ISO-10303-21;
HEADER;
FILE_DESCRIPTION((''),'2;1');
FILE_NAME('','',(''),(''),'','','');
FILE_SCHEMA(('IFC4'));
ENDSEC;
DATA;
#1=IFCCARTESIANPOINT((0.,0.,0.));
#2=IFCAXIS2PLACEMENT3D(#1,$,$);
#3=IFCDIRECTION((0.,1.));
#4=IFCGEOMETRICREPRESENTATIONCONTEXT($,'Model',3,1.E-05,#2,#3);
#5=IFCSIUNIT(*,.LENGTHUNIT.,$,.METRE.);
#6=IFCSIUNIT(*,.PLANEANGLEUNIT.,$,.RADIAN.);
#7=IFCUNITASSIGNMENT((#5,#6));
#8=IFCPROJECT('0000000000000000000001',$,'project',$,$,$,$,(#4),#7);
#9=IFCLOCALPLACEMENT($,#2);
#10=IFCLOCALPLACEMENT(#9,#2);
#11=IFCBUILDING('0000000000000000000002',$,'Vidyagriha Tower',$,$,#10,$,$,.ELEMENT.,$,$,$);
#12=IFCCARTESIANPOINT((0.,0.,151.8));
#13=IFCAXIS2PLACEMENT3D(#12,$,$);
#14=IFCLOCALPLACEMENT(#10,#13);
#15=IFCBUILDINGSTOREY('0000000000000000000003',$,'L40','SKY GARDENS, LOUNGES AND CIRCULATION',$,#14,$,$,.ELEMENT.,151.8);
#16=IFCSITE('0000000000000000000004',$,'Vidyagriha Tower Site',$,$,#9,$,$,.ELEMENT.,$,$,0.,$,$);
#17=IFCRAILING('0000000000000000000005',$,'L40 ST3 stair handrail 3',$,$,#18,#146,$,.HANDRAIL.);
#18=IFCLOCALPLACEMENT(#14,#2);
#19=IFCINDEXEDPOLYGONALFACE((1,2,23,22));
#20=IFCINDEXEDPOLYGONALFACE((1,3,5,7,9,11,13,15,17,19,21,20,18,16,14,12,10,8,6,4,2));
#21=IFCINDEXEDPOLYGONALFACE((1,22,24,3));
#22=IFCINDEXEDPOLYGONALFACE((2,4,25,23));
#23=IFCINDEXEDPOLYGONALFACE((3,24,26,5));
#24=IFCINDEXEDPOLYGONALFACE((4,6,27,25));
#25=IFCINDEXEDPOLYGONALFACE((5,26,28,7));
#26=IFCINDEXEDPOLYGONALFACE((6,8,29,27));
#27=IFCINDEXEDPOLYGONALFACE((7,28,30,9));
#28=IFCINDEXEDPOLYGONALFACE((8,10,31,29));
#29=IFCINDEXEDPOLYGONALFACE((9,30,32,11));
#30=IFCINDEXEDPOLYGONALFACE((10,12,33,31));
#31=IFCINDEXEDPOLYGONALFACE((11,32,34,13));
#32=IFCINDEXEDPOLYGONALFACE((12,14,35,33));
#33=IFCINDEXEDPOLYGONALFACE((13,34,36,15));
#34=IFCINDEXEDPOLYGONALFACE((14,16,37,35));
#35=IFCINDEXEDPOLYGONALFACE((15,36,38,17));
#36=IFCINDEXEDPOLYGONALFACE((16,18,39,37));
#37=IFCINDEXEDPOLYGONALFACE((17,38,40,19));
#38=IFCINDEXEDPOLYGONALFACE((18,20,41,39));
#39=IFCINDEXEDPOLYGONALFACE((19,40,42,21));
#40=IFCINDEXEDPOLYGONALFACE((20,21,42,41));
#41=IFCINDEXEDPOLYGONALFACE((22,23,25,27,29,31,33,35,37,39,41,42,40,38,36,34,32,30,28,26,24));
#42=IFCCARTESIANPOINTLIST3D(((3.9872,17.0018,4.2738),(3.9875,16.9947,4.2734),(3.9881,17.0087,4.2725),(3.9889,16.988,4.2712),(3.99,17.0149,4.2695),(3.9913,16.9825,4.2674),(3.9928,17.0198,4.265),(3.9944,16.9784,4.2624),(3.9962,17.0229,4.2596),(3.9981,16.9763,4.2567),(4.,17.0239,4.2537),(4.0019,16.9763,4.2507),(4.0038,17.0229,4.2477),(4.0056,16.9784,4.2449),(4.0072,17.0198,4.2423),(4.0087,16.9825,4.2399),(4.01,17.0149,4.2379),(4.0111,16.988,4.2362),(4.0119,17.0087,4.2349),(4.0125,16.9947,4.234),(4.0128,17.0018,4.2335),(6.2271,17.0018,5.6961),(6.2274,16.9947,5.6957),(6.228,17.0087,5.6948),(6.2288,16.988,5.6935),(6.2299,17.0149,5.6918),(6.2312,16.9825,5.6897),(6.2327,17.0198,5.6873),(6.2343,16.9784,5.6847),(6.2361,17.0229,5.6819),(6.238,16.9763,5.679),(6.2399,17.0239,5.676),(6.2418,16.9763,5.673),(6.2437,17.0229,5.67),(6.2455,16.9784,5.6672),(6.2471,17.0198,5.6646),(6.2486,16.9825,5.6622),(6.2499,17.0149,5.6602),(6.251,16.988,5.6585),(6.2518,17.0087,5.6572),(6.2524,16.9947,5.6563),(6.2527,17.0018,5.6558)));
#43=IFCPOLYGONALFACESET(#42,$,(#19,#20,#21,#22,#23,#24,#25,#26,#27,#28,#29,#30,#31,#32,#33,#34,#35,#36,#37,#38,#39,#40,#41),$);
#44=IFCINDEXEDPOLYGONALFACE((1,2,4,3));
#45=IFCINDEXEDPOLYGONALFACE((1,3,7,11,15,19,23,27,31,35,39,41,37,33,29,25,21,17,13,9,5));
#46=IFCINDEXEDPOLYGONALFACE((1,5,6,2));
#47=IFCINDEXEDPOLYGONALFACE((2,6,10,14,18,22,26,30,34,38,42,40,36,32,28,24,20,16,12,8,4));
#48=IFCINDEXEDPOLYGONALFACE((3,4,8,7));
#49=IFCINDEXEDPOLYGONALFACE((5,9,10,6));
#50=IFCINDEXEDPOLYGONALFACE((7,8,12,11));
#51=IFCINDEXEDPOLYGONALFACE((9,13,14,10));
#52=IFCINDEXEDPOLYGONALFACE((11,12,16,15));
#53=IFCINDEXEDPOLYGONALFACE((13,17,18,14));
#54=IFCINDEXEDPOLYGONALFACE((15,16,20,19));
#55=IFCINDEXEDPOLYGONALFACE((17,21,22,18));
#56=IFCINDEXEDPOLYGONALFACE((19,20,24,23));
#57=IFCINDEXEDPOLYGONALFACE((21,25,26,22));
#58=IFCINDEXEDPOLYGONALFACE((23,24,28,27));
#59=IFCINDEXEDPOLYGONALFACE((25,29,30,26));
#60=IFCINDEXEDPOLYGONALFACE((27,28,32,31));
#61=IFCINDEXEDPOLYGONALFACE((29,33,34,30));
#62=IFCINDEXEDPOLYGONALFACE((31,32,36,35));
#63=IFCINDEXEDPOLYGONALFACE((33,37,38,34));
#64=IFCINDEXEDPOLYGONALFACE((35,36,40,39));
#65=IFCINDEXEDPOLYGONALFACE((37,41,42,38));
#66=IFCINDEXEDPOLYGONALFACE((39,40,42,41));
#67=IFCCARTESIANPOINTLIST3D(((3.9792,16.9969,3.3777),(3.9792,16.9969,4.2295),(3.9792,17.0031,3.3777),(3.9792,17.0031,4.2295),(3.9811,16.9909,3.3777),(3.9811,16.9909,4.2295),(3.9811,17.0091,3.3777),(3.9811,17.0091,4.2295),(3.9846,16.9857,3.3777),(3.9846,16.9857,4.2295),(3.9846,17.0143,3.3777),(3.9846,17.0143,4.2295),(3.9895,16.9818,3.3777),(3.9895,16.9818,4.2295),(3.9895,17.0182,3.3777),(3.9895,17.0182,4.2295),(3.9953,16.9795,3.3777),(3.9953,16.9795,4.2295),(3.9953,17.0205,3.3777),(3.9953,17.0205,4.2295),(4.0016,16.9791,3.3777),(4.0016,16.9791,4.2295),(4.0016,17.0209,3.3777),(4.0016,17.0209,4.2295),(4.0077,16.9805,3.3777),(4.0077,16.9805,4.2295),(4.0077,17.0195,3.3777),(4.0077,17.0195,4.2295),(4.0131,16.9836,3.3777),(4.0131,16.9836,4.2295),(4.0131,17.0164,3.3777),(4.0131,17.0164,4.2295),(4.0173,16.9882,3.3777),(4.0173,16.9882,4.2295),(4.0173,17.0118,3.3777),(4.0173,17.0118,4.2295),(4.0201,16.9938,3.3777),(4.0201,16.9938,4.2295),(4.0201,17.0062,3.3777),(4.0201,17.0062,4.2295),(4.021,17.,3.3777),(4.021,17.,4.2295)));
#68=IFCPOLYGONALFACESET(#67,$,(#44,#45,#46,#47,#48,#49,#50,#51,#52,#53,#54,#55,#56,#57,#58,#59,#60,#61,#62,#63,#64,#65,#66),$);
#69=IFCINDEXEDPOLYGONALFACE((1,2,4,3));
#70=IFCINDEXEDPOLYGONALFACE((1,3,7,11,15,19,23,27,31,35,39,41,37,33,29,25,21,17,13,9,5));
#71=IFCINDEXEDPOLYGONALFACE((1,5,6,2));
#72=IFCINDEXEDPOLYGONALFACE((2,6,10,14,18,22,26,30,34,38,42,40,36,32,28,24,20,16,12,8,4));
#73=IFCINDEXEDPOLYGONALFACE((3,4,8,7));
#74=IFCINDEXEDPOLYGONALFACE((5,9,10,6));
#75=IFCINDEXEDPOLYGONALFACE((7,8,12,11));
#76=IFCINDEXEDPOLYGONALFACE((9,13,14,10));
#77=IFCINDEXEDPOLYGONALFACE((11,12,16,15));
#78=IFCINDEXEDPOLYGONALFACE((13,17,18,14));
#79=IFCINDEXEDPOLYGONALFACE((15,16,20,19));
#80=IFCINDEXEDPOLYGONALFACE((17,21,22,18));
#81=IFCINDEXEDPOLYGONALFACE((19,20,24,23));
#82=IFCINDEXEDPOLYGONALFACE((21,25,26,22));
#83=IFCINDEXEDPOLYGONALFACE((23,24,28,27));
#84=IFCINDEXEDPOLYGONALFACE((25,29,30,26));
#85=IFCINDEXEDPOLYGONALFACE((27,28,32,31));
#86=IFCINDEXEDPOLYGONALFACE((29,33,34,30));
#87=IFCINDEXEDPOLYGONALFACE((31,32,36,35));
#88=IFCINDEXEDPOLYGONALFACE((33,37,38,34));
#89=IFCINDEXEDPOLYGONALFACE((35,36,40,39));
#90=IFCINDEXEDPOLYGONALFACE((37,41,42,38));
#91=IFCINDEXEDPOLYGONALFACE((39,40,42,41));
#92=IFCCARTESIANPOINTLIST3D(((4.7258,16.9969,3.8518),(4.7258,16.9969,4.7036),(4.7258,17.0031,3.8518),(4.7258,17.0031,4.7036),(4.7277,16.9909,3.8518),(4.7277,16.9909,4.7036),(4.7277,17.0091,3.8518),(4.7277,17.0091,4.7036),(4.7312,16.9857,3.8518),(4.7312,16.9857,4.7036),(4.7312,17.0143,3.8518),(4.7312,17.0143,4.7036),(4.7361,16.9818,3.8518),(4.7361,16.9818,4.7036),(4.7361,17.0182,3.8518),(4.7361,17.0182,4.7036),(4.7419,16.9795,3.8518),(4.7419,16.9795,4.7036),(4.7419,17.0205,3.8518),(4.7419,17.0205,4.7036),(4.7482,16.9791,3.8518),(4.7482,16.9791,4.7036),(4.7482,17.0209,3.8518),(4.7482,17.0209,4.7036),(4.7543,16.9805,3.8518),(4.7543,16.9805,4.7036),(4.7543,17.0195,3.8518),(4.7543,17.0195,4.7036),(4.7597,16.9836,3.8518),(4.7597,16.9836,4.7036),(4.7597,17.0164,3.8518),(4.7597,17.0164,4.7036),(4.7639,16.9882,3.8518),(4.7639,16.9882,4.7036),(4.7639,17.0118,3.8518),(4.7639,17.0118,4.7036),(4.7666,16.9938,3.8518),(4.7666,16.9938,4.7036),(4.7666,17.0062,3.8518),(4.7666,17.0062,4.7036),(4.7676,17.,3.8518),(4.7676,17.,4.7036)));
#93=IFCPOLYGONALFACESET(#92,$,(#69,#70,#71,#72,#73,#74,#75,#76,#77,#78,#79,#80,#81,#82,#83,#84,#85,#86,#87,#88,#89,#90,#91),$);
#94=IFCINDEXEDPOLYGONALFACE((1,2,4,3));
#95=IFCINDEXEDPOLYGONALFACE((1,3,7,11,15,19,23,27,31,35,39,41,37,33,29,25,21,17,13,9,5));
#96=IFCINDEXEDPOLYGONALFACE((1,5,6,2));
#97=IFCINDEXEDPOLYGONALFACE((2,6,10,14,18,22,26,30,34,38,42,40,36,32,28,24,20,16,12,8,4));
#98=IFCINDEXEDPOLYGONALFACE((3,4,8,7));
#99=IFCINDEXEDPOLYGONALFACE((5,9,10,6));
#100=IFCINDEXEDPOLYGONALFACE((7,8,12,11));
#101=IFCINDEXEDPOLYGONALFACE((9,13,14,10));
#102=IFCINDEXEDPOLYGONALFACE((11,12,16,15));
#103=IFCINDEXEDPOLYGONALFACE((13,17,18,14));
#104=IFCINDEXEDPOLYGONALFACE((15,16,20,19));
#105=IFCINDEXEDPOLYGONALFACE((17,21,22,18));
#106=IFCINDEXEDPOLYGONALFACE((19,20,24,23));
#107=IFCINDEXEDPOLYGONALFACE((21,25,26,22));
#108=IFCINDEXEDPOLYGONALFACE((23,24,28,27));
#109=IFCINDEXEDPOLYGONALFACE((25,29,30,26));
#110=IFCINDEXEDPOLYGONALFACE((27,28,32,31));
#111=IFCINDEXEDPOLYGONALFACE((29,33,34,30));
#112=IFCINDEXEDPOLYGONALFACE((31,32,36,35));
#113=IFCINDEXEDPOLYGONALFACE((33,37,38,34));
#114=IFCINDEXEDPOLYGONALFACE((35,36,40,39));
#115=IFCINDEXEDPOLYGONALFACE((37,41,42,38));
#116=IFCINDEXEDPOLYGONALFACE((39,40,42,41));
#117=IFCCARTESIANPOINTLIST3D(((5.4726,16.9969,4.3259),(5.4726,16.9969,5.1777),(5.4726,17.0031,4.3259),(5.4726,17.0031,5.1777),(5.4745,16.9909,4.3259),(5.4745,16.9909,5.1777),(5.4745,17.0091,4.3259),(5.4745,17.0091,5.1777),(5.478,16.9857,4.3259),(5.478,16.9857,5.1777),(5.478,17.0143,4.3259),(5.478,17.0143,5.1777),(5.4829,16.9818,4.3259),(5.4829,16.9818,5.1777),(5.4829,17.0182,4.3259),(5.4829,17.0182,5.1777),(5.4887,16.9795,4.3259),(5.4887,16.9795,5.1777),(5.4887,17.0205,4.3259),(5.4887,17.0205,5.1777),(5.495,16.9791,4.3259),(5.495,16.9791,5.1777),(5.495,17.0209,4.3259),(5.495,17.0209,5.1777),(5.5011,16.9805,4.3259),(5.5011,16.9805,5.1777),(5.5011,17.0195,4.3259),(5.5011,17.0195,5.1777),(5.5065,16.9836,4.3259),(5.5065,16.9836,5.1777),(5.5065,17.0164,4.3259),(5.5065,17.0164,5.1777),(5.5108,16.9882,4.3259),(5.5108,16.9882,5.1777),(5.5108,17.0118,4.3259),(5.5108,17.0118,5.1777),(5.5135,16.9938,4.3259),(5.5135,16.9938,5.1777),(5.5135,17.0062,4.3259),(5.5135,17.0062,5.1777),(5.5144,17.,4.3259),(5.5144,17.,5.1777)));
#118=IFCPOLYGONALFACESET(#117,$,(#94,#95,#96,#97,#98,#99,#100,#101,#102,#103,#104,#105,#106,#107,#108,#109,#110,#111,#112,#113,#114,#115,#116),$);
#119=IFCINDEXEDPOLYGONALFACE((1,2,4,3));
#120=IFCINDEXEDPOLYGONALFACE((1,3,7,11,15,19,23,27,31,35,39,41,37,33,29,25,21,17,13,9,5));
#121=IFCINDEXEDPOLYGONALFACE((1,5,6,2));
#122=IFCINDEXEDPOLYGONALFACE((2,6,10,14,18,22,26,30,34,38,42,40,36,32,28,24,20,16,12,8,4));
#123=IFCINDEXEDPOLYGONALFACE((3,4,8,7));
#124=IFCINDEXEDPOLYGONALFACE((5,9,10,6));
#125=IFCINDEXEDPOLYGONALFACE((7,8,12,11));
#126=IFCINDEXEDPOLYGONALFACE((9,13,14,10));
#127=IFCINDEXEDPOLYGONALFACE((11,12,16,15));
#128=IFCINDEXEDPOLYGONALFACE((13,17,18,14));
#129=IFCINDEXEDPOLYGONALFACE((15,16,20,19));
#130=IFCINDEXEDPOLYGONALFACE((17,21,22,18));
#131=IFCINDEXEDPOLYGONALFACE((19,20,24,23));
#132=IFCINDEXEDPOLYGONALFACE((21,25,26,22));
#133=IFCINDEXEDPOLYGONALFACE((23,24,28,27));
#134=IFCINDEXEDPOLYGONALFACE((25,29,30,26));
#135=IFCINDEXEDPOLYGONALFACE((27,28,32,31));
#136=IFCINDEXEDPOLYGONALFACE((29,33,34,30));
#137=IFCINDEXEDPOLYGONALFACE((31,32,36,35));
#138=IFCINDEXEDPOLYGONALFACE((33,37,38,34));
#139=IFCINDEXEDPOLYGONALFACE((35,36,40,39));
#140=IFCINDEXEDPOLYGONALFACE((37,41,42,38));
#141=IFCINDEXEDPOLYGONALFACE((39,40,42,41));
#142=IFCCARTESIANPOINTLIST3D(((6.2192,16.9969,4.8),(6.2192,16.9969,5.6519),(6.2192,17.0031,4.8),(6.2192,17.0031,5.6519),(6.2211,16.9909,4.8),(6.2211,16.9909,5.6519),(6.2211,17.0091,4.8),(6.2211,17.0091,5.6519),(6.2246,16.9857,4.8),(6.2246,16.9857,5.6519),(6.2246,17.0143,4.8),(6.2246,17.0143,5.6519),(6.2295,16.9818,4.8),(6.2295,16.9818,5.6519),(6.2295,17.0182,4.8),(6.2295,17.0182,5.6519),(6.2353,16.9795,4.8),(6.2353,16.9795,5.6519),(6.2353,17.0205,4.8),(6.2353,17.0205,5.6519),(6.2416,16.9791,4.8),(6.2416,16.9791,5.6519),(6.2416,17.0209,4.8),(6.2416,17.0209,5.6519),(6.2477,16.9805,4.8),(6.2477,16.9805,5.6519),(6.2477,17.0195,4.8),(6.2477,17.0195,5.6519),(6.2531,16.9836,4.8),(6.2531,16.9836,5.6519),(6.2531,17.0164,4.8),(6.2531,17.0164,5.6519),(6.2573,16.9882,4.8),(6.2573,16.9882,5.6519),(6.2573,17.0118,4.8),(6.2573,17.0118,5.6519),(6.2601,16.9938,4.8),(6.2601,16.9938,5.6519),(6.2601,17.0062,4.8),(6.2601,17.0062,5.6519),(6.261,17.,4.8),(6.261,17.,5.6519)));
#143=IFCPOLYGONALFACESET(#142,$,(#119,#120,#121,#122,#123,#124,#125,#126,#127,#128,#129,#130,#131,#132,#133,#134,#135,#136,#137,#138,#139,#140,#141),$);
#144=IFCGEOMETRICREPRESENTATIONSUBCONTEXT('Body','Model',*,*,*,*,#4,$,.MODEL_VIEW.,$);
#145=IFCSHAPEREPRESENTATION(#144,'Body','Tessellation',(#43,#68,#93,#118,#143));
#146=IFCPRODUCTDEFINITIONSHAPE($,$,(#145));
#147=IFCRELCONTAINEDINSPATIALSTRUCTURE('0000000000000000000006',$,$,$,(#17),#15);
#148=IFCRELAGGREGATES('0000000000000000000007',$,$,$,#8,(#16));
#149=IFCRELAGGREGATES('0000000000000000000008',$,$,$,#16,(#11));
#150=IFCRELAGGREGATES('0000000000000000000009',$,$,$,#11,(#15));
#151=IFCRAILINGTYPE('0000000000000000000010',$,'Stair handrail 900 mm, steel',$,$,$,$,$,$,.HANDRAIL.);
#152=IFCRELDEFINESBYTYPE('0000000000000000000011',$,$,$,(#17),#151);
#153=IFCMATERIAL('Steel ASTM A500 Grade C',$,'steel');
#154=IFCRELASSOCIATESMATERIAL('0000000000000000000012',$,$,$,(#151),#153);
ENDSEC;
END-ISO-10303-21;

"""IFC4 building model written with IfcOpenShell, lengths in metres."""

from ifc_helpers import new_model, si_unit, direction, frame, origin, origin_2d, place, context, subcontext, project, spatial, circle, extrude, material, type_object, element, save


model = new_model("IFC4")

# Units and contexts
model_context = context("Model", 3, precision=1e-05, world=origin(), true_north=direction((0.0, 1.0)))
body_context = subcontext(model_context, "Body", "Model", "MODEL_VIEW")
ifc_project = project(units=[si_unit("LENGTHUNIT", "METRE"), si_unit("PLANEANGLEUNIT", "RADIAN")], contexts=[model_context])

# Site, building, storey
site_placement = place(None, origin())
site = spatial("IfcSite", under=ifc_project, at=site_placement, Name="Vidyagriha Tower Site", CompositionType="ELEMENT", RefElevation=0.0)
building_placement = place(site_placement, origin())
building = spatial("IfcBuilding", under=site, at=building_placement, Name="Vidyagriha Tower", CompositionType="ELEMENT")
storey_placement = place(building_placement, frame((0.0, 0.0, 151.8)))
storey = spatial("IfcBuildingStorey", under=building, at=storey_placement, Name="L40", Description="SKY GARDENS, LOUNGES AND CIRCULATION", CompositionType="ELEMENT", Elevation=151.8)

# Railing
ifc_material_1 = material(Name="Steel ASTM A500 Grade C", Category="steel")
railing_type = type_object("IfcRailingType", Name="Stair handrail 900 mm, steel", PredefinedType="HANDRAIL", material=ifc_material_1)
railing_1_placement = place(storey_placement, frame((4.0, 17.0, 3.3777)))
element("IfcRailing", 1, at=railing_1_placement, inside=storey, type_object=railing_type, Name="L40 ST3 stair handrail 3", PredefinedType="HANDRAIL", context=body_context, shape_type="SweptSolid", body=[
    extrude(circle(Radius=0.0239, at=origin_2d()), frame((0.0, 0.0, 0.876), z_axis=(0.844188, 0.0, 0.536048), x_axis=(0.0, 1.0, 0.0)), (0.0, 0.0, 1.0), 2.6533),
    extrude(circle(Radius=0.021, at=origin_2d()), origin(), (0.0, 0.0, 1.0), 0.8518),
    extrude(circle(Radius=0.021, at=origin_2d()), frame((0.7466, 0.0, 0.4741)), (0.0, 0.0, 1.0), 0.8518),
    extrude(circle(Radius=0.021, at=origin_2d()), frame((1.4934, 0.0, 0.9482)), (0.0, 0.0, 1.0), 0.8518),
    extrude(circle(Radius=0.021, at=origin_2d()), frame((2.24, 0.0, 1.4224)), (0.0, 0.0, 1.0), 0.8518),
])

save(model, "model.ifc")
